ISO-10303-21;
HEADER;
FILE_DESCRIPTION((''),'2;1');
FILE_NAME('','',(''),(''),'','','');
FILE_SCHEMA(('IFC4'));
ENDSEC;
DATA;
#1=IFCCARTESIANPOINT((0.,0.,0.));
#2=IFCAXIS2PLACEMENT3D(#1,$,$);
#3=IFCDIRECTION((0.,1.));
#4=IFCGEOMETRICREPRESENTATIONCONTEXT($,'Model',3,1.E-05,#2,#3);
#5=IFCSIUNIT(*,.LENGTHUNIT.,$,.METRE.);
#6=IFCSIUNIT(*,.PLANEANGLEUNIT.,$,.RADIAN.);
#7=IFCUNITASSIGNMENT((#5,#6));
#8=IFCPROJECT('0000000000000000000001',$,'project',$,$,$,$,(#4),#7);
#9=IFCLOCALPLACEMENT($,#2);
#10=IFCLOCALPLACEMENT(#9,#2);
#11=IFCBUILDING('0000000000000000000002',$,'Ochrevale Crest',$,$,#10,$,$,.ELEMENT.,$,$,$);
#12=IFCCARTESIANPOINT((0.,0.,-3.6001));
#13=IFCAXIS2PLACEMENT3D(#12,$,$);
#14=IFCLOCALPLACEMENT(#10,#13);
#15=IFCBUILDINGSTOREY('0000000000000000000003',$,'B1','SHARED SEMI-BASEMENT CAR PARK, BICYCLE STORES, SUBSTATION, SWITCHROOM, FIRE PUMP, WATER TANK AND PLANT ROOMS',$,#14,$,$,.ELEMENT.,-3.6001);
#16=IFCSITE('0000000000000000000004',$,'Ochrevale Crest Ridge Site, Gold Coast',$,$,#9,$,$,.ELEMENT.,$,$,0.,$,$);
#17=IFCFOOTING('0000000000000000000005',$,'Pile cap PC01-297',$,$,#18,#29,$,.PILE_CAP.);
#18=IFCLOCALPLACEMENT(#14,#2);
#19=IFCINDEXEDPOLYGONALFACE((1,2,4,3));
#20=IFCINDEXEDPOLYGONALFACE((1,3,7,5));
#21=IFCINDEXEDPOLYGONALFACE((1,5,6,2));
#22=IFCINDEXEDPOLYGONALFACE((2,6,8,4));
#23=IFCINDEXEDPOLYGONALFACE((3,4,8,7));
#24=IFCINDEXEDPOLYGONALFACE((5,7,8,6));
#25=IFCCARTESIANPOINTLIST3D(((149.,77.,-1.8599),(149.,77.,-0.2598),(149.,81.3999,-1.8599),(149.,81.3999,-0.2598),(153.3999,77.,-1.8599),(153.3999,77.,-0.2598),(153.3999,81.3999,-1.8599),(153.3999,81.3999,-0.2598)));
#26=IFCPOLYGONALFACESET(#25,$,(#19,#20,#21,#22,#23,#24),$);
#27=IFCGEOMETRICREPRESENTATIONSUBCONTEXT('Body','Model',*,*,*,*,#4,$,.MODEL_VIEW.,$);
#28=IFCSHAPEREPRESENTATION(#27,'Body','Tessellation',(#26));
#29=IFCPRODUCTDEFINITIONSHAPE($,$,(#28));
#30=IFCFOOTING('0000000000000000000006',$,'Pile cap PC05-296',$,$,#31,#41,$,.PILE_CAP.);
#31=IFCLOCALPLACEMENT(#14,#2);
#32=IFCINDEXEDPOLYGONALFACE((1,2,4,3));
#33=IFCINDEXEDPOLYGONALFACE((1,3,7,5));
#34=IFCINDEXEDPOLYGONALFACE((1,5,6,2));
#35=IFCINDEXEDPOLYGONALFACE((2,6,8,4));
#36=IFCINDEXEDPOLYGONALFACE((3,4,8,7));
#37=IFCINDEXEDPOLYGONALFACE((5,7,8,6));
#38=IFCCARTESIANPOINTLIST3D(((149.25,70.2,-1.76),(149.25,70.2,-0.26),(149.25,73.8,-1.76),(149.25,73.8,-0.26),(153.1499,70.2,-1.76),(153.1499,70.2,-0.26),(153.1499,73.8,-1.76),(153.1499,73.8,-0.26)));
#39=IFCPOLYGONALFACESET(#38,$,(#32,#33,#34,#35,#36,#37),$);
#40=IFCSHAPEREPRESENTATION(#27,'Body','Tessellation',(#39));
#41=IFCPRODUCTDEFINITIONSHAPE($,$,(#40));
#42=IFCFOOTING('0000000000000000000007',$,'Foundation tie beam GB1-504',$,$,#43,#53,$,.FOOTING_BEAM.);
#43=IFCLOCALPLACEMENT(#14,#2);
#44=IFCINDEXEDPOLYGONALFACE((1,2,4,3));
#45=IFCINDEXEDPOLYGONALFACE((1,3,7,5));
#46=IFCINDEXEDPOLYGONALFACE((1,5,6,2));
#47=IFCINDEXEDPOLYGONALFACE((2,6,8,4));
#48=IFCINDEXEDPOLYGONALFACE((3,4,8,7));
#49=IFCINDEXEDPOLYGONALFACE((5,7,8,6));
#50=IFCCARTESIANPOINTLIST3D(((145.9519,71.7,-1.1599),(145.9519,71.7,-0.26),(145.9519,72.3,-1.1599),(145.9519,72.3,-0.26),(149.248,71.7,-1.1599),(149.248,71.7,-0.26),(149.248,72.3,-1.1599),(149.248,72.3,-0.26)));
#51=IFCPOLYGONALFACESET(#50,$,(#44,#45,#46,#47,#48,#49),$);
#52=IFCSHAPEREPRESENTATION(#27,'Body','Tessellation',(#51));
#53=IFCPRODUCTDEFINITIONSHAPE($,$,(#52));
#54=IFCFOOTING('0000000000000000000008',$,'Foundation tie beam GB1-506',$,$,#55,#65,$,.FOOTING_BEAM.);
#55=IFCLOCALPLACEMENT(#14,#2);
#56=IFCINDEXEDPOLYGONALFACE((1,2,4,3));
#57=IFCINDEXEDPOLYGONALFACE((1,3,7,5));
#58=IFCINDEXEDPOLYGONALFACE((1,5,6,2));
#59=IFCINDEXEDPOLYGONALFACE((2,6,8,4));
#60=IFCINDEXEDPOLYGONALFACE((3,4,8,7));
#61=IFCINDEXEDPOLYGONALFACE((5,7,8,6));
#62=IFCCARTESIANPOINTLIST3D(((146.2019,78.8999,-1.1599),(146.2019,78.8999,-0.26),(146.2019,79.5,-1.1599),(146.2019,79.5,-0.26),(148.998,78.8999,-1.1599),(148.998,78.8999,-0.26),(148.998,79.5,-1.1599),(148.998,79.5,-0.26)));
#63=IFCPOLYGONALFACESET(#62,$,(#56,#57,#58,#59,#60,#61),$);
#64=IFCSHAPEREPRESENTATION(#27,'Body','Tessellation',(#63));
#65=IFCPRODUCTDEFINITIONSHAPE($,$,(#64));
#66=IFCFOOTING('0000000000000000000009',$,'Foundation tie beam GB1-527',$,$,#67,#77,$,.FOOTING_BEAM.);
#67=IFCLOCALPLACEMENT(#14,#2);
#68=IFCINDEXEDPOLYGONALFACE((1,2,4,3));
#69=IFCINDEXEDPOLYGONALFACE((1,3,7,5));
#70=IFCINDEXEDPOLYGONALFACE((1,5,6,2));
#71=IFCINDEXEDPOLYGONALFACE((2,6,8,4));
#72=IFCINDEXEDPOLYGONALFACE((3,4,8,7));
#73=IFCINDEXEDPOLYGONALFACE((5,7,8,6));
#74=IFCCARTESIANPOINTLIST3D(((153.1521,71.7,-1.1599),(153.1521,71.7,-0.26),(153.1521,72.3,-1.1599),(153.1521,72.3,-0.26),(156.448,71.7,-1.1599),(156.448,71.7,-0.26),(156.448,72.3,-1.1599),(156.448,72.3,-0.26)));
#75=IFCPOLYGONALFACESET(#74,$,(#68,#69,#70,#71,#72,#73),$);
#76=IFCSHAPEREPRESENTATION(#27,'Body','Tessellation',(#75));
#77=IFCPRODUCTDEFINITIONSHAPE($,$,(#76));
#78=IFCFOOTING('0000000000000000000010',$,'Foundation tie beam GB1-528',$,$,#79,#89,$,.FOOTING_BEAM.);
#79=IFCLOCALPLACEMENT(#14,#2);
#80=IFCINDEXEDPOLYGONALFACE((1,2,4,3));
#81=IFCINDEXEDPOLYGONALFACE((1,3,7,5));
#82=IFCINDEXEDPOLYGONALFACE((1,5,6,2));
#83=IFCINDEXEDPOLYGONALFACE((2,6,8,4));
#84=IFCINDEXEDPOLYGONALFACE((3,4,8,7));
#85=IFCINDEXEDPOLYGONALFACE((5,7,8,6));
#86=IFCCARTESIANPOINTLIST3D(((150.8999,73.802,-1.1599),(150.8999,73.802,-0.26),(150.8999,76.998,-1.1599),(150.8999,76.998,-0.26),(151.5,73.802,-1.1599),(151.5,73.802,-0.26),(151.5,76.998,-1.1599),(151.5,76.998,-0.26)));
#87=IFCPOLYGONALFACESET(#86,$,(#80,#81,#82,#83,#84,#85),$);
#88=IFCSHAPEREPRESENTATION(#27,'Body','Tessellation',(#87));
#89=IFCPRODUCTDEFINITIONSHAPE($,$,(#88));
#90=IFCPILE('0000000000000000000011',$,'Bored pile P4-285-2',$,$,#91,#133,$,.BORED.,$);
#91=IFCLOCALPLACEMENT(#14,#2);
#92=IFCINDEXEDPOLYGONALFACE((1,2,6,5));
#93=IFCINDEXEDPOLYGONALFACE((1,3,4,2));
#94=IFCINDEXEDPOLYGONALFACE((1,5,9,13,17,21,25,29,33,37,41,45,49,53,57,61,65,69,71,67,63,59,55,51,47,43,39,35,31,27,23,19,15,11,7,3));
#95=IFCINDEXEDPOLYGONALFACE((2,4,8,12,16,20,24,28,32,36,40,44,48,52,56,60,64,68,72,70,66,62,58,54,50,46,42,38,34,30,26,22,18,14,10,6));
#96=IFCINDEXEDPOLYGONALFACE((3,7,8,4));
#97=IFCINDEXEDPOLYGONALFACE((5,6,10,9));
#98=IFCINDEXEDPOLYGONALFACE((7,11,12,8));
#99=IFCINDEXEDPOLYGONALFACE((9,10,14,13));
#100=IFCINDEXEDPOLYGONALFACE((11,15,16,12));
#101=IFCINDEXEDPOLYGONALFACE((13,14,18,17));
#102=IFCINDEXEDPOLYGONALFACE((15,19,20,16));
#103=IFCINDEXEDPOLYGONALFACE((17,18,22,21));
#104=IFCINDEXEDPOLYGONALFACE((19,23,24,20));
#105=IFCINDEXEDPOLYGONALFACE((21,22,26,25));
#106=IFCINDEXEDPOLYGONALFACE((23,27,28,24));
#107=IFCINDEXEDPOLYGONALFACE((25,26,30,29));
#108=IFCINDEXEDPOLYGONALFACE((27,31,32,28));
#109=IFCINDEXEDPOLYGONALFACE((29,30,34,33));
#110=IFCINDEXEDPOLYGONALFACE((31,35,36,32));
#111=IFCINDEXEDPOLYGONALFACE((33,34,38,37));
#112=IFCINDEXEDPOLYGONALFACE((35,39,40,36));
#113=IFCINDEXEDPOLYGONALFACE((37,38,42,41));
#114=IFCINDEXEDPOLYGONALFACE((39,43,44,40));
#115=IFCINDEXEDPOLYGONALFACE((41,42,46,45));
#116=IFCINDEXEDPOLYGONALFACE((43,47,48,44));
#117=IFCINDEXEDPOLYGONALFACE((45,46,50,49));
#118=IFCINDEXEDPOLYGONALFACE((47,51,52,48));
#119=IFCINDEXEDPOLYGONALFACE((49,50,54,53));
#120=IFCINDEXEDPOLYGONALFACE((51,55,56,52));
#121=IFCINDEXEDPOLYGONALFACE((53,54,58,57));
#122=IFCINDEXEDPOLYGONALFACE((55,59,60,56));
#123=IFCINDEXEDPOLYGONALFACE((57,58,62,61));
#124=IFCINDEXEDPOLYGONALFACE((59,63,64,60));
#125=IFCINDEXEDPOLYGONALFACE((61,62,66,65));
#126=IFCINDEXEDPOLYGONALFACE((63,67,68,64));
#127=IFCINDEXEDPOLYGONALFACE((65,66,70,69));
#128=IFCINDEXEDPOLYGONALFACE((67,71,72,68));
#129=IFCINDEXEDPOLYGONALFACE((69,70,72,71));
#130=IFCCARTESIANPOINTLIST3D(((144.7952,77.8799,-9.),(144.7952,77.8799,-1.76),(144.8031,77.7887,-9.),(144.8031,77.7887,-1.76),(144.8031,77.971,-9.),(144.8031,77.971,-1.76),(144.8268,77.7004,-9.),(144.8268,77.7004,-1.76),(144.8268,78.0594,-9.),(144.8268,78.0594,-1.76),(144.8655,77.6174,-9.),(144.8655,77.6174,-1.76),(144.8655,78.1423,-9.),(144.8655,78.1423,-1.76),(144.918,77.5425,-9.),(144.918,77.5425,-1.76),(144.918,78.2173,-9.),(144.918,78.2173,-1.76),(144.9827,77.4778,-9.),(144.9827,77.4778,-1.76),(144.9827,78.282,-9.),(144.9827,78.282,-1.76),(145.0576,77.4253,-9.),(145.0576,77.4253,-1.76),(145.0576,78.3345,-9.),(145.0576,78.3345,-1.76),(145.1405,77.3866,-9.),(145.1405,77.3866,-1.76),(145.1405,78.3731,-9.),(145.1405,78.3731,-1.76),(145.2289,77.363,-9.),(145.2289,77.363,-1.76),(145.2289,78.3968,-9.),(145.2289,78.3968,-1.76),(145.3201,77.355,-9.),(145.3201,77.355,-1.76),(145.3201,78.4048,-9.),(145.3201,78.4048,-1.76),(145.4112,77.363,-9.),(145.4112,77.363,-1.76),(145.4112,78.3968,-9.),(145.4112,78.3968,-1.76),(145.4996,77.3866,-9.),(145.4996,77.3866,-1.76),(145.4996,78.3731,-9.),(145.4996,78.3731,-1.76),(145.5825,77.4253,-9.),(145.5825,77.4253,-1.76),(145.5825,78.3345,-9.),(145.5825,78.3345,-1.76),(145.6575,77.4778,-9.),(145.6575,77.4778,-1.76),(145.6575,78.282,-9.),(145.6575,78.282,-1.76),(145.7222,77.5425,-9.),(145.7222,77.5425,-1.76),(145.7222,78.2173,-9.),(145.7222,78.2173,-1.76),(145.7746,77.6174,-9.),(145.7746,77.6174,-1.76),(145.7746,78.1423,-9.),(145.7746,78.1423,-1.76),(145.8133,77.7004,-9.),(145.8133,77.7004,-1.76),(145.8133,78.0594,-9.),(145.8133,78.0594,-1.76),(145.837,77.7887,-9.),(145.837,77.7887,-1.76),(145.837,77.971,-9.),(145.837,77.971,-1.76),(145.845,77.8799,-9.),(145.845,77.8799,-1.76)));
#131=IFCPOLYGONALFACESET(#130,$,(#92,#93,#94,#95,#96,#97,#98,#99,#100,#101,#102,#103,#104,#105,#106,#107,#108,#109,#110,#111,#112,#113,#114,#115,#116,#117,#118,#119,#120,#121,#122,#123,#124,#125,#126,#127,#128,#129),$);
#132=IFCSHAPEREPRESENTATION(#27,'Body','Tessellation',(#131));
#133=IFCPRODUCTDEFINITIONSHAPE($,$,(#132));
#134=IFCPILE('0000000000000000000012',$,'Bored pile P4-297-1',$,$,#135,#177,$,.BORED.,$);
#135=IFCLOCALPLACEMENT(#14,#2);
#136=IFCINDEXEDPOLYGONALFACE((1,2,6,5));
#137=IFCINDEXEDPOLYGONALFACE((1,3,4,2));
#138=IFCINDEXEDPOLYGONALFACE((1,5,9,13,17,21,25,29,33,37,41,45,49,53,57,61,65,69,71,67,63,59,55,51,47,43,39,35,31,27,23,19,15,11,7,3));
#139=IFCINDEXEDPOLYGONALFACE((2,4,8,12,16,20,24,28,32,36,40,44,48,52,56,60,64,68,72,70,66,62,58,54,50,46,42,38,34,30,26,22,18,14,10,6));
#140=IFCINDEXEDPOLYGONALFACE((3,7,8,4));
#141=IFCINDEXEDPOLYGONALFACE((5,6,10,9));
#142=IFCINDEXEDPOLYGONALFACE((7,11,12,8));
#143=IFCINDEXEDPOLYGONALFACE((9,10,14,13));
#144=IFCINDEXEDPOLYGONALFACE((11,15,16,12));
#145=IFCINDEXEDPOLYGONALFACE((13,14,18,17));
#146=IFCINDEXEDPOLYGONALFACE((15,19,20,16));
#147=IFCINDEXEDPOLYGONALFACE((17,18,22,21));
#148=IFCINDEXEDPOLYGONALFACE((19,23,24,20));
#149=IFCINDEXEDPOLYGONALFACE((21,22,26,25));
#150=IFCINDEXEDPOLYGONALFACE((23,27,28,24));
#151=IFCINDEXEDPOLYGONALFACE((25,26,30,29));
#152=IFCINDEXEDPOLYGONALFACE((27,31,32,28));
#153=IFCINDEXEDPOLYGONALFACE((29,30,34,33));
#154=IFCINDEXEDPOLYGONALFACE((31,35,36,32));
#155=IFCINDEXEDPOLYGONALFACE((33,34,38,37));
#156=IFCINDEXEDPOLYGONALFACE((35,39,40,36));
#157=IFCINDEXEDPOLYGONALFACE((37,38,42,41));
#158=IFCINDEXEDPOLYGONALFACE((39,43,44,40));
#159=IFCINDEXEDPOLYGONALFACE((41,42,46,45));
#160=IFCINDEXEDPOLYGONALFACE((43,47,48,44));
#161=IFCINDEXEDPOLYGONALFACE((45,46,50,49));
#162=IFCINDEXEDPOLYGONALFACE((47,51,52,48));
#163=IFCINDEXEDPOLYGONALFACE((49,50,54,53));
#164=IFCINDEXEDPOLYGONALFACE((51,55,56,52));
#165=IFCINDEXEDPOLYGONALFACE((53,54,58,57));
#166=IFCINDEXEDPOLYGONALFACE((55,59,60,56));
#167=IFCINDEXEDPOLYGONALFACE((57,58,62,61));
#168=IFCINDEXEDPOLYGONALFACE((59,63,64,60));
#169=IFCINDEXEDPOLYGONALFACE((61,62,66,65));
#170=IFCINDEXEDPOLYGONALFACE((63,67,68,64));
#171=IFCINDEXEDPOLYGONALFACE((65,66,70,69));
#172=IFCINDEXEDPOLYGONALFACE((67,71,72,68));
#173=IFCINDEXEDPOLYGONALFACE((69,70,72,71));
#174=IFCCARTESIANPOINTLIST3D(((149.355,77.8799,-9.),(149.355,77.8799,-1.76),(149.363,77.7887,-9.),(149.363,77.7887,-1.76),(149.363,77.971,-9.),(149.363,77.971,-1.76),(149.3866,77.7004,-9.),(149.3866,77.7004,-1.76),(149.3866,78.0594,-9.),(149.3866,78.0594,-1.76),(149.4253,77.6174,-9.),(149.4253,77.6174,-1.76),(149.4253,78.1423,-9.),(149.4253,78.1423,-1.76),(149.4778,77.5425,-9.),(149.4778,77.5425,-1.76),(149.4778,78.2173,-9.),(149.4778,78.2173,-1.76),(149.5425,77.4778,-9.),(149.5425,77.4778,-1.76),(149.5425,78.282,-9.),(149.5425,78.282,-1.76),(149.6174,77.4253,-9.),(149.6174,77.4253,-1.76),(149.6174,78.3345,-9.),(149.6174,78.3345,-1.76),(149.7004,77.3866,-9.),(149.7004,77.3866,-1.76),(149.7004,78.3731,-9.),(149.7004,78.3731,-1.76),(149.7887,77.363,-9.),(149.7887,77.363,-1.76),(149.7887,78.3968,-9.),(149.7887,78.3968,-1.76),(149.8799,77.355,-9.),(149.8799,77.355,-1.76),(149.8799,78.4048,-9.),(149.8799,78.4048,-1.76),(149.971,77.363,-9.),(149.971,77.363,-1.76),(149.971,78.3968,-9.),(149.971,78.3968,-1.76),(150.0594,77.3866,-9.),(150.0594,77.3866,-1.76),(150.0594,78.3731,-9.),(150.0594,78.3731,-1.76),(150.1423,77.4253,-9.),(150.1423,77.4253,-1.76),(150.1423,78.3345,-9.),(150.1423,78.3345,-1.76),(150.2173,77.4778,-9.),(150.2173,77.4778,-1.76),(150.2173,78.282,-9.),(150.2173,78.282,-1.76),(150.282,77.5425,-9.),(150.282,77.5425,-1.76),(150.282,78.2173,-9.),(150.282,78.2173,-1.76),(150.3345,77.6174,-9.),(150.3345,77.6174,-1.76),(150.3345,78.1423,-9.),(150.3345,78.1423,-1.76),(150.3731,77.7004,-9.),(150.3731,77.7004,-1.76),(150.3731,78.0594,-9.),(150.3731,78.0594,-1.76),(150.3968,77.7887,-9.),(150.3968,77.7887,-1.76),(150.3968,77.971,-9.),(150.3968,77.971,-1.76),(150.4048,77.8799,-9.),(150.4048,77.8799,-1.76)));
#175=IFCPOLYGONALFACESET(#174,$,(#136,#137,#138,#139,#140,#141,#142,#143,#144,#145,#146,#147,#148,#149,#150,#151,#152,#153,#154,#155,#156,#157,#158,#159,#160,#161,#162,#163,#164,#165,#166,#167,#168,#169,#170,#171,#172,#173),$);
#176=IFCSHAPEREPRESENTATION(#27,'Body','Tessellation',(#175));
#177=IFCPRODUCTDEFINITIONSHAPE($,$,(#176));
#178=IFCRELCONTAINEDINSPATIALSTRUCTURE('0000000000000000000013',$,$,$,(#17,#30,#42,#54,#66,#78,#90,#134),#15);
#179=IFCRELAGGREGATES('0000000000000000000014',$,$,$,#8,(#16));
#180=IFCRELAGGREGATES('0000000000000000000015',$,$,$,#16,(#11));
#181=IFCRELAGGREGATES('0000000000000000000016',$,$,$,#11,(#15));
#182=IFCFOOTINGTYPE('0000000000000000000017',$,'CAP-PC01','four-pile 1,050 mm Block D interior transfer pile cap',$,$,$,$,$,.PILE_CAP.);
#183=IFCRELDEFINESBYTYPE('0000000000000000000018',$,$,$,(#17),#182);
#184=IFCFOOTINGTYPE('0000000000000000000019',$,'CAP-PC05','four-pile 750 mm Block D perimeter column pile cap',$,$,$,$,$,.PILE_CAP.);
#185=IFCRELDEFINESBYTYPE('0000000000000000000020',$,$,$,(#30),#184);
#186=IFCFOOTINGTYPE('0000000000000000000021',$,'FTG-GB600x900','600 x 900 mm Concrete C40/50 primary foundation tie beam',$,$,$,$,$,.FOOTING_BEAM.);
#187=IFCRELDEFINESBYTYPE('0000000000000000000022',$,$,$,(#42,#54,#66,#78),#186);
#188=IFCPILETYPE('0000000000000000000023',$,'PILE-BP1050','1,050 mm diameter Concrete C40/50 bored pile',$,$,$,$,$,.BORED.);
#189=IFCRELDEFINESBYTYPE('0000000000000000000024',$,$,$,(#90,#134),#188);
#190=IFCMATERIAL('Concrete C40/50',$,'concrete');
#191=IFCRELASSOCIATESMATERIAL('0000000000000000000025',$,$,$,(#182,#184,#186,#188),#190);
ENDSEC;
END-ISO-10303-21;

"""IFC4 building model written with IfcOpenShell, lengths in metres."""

from ifc_helpers import new_model, si_unit, direction, frame, origin, origin_2d, place, context, subcontext, project, spatial, rectangle, circle, extrude, material, material_profile, profile_set, type_object, element, save


model = new_model("IFC4")

# Units and contexts
model_context = context("Model", 3, precision=1e-05, world=origin(), true_north=direction((0.0, 1.0)))
body_context = subcontext(model_context, "Body", "Model", "MODEL_VIEW")
ifc_project = project(units=[si_unit("LENGTHUNIT", "METRE"), si_unit("PLANEANGLEUNIT", "RADIAN")], contexts=[model_context])

# Site, building, storey
site_placement = place(None, origin())
site = spatial("IfcSite", under=ifc_project, at=site_placement, Name="Ochrevale Crest Ridge Site, Gold Coast", CompositionType="ELEMENT", RefElevation=0.0)
building_placement = place(site_placement, origin())
building = spatial("IfcBuilding", under=site, at=building_placement, Name="Ochrevale Crest", CompositionType="ELEMENT")
storey_placement = place(building_placement, frame((0.0, 0.0, -3.6001)))
storey = spatial("IfcBuildingStorey", under=building, at=storey_placement, Name="B1", Description="SHARED SEMI-BASEMENT CAR PARK, BICYCLE STORES, SUBSTATION, SWITCHROOM, FIRE PUMP, WATER TANK AND PLANT ROOMS", CompositionType="ELEMENT", Elevation=-3.6001)

# Footings
ifc_material_1 = material(Name="Concrete C40/50", Category="concrete")
footing_type_1 = type_object("IfcFootingType", Name="CAP-PC01", Description="four-pile 1,050 mm Block D interior transfer pile cap", PredefinedType="PILE_CAP", material=ifc_material_1)
footing_1_placement = place(storey_placement, frame((151.2, 79.2, -1.8599), z_axis=(0.0, 0.0, 1.0), x_axis=(1.0, 0.0, 0.0)))
element("IfcFooting", 1, at=footing_1_placement, inside=storey, type_object=footing_type_1, Name="Pile cap PC01-297", PredefinedType="PILE_CAP", context=body_context, shape_type="SweptSolid", body=[
    extrude(rectangle(XDim=4.3999, YDim=4.3999, at=origin_2d()), origin(), (0.0, 0.0, 1.0), 1.6001),
])
footing_type_2 = type_object("IfcFootingType", Name="CAP-PC05", Description="four-pile 750 mm Block D perimeter column pile cap", PredefinedType="PILE_CAP", material=ifc_material_1)
footing_2_placement = place(storey_placement, frame((151.2, 72.0, -1.76), z_axis=(0.0, 0.0, 1.0), x_axis=(1.0, 0.0, 0.0)))
element("IfcFooting", 2, at=footing_2_placement, inside=storey, type_object=footing_type_2, Name="Pile cap PC05-296", PredefinedType="PILE_CAP", context=body_context, shape_type="SweptSolid", body=[
    extrude(rectangle(XDim=3.8999, YDim=3.6001, at=origin_2d()), origin(), (0.0, 0.0, 1.0), 1.5),
])
ifc_material_profile_1 = material_profile(ifc_material_1, rectangle(XDim=0.6001, YDim=0.8999, at=origin_2d()), Name="GB 600x900")
ifc_profile_set_1 = profile_set([ifc_material_profile_1], Name="Concrete C40/50")
footing_type_3 = type_object("IfcFootingType", Name="FTG-GB600x900", Description="600 x 900 mm Concrete C40/50 primary foundation tie beam", PredefinedType="FOOTING_BEAM", material=ifc_profile_set_1)
footing_3_placement = place(storey_placement, frame((145.9519, 72.0, -0.71), z_axis=(1.0, 0.0, 0.0), x_axis=(0.0, 1.0, 0.0)))
element("IfcFooting", 3, at=footing_3_placement, inside=storey, type_object=footing_type_3, Name="Foundation tie beam GB1-504", PredefinedType="FOOTING_BEAM", context=body_context, shape_type="SweptSolid", body=[
    extrude(rectangle(XDim=0.6001, YDim=0.8999, at=origin_2d()), origin(), (0.0, 0.0, 1.0), 3.2961),
])
footing_4_placement = place(storey_placement, frame((146.2019, 79.2, -0.71), z_axis=(1.0, 0.0, 0.0), x_axis=(0.0, 1.0, 0.0)))
element("IfcFooting", 4, at=footing_4_placement, inside=storey, type_object=footing_type_3, Name="Foundation tie beam GB1-506", PredefinedType="FOOTING_BEAM", context=body_context, shape_type="SweptSolid", body=[
    extrude(rectangle(XDim=0.6001, YDim=0.8999, at=origin_2d()), origin(), (0.0, 0.0, 1.0), 2.7961),
])
footing_5_placement = place(storey_placement, frame((153.1521, 72.0, -0.71), z_axis=(1.0, 0.0, 0.0), x_axis=(0.0, 1.0, 0.0)))
element("IfcFooting", 5, at=footing_5_placement, inside=storey, type_object=footing_type_3, Name="Foundation tie beam GB1-527", PredefinedType="FOOTING_BEAM", context=body_context, shape_type="SweptSolid", body=[
    extrude(rectangle(XDim=0.6001, YDim=0.8999, at=origin_2d()), origin(), (0.0, 0.0, 1.0), 3.2959),
])
footing_6_placement = place(storey_placement, frame((151.2, 73.802, -0.71), z_axis=(0.0, 1.0, 0.0), x_axis=(-1.0, 0.0, 0.0)))
element("IfcFooting", 6, at=footing_6_placement, inside=storey, type_object=footing_type_3, Name="Foundation tie beam GB1-528", PredefinedType="FOOTING_BEAM", context=body_context, shape_type="SweptSolid", body=[
    extrude(rectangle(XDim=0.6001, YDim=0.8999, at=origin_2d()), origin(), (0.0, 0.0, 1.0), 3.196),
])

# Piles
ifc_material_profile_2 = material_profile(ifc_material_1, circle(Radius=0.5249, at=origin_2d()), Name="BORED PILE 1050")
ifc_profile_set_2 = profile_set([ifc_material_profile_2], Name="Concrete C40/50")
pile_type_1 = type_object("IfcPileType", Name="PILE-BP1050", Description="1,050 mm diameter Concrete C40/50 bored pile", PredefinedType="BORED", material=ifc_profile_set_2)
for number, where, z_axis, x_axis, name in (
    (7, (145.3201, 77.8799, -1.76), (0.0, 0.0, -1.0), (1.0, 0.0, 0.0), "Bored pile P4-285-2"),
    (8, (149.8799, 77.8799, -1.76), (0.0, 0.0, -1.0), (1.0, 0.0, 0.0), "Bored pile P4-297-1"),
):
    element("IfcPile", number, at=place(storey_placement, frame(where, z_axis=z_axis, x_axis=x_axis)), inside=storey, type_object=pile_type_1, Name=name, PredefinedType="BORED", context=body_context, shape_type="SweptSolid", body=[
        extrude(circle(Radius=0.5249, at=origin_2d()), origin(), (0.0, 0.0, 1.0), 7.24),
    ])

save(model, "model.ifc")
